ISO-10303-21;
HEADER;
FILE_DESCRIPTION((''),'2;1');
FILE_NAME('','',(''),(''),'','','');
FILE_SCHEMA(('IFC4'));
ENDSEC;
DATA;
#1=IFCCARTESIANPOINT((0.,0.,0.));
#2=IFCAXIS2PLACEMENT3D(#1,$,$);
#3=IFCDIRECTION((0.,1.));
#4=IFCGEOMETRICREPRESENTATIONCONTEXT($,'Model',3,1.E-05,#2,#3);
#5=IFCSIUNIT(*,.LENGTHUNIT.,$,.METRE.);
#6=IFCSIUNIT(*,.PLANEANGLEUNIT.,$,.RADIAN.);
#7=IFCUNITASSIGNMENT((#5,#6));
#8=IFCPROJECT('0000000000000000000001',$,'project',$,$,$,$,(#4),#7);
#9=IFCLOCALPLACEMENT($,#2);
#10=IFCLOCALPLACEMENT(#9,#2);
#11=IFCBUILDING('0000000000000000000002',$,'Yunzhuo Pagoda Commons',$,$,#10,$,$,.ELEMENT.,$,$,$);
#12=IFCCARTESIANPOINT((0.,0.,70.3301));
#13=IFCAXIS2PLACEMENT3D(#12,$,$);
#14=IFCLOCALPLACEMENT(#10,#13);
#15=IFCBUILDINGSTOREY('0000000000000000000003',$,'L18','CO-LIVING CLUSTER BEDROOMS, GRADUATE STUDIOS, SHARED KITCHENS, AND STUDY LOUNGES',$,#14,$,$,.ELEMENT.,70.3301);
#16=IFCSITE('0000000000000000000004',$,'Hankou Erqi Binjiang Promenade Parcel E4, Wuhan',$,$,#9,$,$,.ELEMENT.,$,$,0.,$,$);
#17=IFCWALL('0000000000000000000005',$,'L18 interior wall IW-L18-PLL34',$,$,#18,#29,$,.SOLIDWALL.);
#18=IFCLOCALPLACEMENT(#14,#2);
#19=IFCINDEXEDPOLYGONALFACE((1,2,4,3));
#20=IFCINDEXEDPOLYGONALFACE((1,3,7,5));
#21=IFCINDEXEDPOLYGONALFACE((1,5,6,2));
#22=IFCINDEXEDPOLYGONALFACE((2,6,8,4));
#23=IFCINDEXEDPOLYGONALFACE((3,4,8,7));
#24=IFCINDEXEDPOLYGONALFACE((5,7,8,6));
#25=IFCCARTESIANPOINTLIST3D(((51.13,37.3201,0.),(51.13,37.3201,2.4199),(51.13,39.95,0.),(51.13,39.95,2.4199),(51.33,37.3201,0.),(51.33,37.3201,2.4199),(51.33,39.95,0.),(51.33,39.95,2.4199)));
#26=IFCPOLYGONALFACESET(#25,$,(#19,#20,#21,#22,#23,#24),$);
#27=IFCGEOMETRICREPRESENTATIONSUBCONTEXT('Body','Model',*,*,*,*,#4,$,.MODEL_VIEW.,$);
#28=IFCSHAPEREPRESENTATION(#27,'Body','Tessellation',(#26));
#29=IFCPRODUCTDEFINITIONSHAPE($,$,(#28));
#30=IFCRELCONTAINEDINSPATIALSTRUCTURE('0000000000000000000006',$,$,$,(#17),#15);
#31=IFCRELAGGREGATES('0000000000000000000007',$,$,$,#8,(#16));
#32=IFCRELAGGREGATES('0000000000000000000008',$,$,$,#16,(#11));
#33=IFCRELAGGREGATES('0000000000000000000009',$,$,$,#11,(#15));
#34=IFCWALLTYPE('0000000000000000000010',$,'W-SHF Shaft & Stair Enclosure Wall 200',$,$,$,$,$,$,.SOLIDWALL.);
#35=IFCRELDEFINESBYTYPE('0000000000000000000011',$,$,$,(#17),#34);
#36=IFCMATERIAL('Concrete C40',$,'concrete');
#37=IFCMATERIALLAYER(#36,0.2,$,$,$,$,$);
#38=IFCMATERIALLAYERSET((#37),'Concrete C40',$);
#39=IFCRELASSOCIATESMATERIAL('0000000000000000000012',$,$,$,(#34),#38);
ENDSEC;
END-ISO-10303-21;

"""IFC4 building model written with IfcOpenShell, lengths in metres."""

from ifc_helpers import new_model, si_unit, direction, frame, frame_2d, origin, place, context, subcontext, project, spatial, rectangle, extrude, material, layer, layer_set, type_object, element, save


model = new_model("IFC4")

# Units and contexts
model_context = context("Model", 3, precision=1e-05, world=origin(), true_north=direction((0.0, 1.0)))
body_context = subcontext(model_context, "Body", "Model", "MODEL_VIEW")
ifc_project = project(units=[si_unit("LENGTHUNIT", "METRE"), si_unit("PLANEANGLEUNIT", "RADIAN")], contexts=[model_context])

# Site, building, storey
site_placement = place(None, origin())
site = spatial("IfcSite", under=ifc_project, at=site_placement, Name="Hankou Erqi Binjiang Promenade Parcel E4, Wuhan", CompositionType="ELEMENT", RefElevation=0.0)
building_placement = place(site_placement, origin())
building = spatial("IfcBuilding", under=site, at=building_placement, Name="Yunzhuo Pagoda Commons", CompositionType="ELEMENT")
storey_placement = place(building_placement, frame((0.0, 0.0, 70.3301)))
storey = spatial("IfcBuildingStorey", under=building, at=storey_placement, Name="L18", Description="CO-LIVING CLUSTER BEDROOMS, GRADUATE STUDIOS, SHARED KITCHENS, AND STUDY LOUNGES", CompositionType="ELEMENT", Elevation=70.3301)

# Shared definitions
ifc_material_1 = material(Name="Concrete C40", Category="concrete")
ifc_layer_1 = layer(ifc_material_1, 0.2)
ifc_layer_set_1 = layer_set([ifc_layer_1], Name="Concrete C40")
wall_type_1 = type_object("IfcWallType", Name="W-SHF Shaft & Stair Enclosure Wall 200", PredefinedType="SOLIDWALL", material=ifc_layer_set_1)

# Wall
wall_1_placement = place(storey_placement, frame((51.23, 37.3201, 0.0), z_axis=(0.0, 0.0, 1.0), x_axis=(0.0, 1.0, 0.0)))
element("IfcWall", 1, at=wall_1_placement, inside=storey, type_object=wall_type_1, Name="L18 interior wall IW-L18-PLL34", PredefinedType="SOLIDWALL", context=body_context, shape_type="SweptSolid", body=[
    extrude(rectangle(XDim=2.6299, YDim=0.2, at=frame_2d((1.3149, 0.0))), origin(), (0.0, 0.0, 1.0), 2.4199),
])

save(model, "model.ifc")
